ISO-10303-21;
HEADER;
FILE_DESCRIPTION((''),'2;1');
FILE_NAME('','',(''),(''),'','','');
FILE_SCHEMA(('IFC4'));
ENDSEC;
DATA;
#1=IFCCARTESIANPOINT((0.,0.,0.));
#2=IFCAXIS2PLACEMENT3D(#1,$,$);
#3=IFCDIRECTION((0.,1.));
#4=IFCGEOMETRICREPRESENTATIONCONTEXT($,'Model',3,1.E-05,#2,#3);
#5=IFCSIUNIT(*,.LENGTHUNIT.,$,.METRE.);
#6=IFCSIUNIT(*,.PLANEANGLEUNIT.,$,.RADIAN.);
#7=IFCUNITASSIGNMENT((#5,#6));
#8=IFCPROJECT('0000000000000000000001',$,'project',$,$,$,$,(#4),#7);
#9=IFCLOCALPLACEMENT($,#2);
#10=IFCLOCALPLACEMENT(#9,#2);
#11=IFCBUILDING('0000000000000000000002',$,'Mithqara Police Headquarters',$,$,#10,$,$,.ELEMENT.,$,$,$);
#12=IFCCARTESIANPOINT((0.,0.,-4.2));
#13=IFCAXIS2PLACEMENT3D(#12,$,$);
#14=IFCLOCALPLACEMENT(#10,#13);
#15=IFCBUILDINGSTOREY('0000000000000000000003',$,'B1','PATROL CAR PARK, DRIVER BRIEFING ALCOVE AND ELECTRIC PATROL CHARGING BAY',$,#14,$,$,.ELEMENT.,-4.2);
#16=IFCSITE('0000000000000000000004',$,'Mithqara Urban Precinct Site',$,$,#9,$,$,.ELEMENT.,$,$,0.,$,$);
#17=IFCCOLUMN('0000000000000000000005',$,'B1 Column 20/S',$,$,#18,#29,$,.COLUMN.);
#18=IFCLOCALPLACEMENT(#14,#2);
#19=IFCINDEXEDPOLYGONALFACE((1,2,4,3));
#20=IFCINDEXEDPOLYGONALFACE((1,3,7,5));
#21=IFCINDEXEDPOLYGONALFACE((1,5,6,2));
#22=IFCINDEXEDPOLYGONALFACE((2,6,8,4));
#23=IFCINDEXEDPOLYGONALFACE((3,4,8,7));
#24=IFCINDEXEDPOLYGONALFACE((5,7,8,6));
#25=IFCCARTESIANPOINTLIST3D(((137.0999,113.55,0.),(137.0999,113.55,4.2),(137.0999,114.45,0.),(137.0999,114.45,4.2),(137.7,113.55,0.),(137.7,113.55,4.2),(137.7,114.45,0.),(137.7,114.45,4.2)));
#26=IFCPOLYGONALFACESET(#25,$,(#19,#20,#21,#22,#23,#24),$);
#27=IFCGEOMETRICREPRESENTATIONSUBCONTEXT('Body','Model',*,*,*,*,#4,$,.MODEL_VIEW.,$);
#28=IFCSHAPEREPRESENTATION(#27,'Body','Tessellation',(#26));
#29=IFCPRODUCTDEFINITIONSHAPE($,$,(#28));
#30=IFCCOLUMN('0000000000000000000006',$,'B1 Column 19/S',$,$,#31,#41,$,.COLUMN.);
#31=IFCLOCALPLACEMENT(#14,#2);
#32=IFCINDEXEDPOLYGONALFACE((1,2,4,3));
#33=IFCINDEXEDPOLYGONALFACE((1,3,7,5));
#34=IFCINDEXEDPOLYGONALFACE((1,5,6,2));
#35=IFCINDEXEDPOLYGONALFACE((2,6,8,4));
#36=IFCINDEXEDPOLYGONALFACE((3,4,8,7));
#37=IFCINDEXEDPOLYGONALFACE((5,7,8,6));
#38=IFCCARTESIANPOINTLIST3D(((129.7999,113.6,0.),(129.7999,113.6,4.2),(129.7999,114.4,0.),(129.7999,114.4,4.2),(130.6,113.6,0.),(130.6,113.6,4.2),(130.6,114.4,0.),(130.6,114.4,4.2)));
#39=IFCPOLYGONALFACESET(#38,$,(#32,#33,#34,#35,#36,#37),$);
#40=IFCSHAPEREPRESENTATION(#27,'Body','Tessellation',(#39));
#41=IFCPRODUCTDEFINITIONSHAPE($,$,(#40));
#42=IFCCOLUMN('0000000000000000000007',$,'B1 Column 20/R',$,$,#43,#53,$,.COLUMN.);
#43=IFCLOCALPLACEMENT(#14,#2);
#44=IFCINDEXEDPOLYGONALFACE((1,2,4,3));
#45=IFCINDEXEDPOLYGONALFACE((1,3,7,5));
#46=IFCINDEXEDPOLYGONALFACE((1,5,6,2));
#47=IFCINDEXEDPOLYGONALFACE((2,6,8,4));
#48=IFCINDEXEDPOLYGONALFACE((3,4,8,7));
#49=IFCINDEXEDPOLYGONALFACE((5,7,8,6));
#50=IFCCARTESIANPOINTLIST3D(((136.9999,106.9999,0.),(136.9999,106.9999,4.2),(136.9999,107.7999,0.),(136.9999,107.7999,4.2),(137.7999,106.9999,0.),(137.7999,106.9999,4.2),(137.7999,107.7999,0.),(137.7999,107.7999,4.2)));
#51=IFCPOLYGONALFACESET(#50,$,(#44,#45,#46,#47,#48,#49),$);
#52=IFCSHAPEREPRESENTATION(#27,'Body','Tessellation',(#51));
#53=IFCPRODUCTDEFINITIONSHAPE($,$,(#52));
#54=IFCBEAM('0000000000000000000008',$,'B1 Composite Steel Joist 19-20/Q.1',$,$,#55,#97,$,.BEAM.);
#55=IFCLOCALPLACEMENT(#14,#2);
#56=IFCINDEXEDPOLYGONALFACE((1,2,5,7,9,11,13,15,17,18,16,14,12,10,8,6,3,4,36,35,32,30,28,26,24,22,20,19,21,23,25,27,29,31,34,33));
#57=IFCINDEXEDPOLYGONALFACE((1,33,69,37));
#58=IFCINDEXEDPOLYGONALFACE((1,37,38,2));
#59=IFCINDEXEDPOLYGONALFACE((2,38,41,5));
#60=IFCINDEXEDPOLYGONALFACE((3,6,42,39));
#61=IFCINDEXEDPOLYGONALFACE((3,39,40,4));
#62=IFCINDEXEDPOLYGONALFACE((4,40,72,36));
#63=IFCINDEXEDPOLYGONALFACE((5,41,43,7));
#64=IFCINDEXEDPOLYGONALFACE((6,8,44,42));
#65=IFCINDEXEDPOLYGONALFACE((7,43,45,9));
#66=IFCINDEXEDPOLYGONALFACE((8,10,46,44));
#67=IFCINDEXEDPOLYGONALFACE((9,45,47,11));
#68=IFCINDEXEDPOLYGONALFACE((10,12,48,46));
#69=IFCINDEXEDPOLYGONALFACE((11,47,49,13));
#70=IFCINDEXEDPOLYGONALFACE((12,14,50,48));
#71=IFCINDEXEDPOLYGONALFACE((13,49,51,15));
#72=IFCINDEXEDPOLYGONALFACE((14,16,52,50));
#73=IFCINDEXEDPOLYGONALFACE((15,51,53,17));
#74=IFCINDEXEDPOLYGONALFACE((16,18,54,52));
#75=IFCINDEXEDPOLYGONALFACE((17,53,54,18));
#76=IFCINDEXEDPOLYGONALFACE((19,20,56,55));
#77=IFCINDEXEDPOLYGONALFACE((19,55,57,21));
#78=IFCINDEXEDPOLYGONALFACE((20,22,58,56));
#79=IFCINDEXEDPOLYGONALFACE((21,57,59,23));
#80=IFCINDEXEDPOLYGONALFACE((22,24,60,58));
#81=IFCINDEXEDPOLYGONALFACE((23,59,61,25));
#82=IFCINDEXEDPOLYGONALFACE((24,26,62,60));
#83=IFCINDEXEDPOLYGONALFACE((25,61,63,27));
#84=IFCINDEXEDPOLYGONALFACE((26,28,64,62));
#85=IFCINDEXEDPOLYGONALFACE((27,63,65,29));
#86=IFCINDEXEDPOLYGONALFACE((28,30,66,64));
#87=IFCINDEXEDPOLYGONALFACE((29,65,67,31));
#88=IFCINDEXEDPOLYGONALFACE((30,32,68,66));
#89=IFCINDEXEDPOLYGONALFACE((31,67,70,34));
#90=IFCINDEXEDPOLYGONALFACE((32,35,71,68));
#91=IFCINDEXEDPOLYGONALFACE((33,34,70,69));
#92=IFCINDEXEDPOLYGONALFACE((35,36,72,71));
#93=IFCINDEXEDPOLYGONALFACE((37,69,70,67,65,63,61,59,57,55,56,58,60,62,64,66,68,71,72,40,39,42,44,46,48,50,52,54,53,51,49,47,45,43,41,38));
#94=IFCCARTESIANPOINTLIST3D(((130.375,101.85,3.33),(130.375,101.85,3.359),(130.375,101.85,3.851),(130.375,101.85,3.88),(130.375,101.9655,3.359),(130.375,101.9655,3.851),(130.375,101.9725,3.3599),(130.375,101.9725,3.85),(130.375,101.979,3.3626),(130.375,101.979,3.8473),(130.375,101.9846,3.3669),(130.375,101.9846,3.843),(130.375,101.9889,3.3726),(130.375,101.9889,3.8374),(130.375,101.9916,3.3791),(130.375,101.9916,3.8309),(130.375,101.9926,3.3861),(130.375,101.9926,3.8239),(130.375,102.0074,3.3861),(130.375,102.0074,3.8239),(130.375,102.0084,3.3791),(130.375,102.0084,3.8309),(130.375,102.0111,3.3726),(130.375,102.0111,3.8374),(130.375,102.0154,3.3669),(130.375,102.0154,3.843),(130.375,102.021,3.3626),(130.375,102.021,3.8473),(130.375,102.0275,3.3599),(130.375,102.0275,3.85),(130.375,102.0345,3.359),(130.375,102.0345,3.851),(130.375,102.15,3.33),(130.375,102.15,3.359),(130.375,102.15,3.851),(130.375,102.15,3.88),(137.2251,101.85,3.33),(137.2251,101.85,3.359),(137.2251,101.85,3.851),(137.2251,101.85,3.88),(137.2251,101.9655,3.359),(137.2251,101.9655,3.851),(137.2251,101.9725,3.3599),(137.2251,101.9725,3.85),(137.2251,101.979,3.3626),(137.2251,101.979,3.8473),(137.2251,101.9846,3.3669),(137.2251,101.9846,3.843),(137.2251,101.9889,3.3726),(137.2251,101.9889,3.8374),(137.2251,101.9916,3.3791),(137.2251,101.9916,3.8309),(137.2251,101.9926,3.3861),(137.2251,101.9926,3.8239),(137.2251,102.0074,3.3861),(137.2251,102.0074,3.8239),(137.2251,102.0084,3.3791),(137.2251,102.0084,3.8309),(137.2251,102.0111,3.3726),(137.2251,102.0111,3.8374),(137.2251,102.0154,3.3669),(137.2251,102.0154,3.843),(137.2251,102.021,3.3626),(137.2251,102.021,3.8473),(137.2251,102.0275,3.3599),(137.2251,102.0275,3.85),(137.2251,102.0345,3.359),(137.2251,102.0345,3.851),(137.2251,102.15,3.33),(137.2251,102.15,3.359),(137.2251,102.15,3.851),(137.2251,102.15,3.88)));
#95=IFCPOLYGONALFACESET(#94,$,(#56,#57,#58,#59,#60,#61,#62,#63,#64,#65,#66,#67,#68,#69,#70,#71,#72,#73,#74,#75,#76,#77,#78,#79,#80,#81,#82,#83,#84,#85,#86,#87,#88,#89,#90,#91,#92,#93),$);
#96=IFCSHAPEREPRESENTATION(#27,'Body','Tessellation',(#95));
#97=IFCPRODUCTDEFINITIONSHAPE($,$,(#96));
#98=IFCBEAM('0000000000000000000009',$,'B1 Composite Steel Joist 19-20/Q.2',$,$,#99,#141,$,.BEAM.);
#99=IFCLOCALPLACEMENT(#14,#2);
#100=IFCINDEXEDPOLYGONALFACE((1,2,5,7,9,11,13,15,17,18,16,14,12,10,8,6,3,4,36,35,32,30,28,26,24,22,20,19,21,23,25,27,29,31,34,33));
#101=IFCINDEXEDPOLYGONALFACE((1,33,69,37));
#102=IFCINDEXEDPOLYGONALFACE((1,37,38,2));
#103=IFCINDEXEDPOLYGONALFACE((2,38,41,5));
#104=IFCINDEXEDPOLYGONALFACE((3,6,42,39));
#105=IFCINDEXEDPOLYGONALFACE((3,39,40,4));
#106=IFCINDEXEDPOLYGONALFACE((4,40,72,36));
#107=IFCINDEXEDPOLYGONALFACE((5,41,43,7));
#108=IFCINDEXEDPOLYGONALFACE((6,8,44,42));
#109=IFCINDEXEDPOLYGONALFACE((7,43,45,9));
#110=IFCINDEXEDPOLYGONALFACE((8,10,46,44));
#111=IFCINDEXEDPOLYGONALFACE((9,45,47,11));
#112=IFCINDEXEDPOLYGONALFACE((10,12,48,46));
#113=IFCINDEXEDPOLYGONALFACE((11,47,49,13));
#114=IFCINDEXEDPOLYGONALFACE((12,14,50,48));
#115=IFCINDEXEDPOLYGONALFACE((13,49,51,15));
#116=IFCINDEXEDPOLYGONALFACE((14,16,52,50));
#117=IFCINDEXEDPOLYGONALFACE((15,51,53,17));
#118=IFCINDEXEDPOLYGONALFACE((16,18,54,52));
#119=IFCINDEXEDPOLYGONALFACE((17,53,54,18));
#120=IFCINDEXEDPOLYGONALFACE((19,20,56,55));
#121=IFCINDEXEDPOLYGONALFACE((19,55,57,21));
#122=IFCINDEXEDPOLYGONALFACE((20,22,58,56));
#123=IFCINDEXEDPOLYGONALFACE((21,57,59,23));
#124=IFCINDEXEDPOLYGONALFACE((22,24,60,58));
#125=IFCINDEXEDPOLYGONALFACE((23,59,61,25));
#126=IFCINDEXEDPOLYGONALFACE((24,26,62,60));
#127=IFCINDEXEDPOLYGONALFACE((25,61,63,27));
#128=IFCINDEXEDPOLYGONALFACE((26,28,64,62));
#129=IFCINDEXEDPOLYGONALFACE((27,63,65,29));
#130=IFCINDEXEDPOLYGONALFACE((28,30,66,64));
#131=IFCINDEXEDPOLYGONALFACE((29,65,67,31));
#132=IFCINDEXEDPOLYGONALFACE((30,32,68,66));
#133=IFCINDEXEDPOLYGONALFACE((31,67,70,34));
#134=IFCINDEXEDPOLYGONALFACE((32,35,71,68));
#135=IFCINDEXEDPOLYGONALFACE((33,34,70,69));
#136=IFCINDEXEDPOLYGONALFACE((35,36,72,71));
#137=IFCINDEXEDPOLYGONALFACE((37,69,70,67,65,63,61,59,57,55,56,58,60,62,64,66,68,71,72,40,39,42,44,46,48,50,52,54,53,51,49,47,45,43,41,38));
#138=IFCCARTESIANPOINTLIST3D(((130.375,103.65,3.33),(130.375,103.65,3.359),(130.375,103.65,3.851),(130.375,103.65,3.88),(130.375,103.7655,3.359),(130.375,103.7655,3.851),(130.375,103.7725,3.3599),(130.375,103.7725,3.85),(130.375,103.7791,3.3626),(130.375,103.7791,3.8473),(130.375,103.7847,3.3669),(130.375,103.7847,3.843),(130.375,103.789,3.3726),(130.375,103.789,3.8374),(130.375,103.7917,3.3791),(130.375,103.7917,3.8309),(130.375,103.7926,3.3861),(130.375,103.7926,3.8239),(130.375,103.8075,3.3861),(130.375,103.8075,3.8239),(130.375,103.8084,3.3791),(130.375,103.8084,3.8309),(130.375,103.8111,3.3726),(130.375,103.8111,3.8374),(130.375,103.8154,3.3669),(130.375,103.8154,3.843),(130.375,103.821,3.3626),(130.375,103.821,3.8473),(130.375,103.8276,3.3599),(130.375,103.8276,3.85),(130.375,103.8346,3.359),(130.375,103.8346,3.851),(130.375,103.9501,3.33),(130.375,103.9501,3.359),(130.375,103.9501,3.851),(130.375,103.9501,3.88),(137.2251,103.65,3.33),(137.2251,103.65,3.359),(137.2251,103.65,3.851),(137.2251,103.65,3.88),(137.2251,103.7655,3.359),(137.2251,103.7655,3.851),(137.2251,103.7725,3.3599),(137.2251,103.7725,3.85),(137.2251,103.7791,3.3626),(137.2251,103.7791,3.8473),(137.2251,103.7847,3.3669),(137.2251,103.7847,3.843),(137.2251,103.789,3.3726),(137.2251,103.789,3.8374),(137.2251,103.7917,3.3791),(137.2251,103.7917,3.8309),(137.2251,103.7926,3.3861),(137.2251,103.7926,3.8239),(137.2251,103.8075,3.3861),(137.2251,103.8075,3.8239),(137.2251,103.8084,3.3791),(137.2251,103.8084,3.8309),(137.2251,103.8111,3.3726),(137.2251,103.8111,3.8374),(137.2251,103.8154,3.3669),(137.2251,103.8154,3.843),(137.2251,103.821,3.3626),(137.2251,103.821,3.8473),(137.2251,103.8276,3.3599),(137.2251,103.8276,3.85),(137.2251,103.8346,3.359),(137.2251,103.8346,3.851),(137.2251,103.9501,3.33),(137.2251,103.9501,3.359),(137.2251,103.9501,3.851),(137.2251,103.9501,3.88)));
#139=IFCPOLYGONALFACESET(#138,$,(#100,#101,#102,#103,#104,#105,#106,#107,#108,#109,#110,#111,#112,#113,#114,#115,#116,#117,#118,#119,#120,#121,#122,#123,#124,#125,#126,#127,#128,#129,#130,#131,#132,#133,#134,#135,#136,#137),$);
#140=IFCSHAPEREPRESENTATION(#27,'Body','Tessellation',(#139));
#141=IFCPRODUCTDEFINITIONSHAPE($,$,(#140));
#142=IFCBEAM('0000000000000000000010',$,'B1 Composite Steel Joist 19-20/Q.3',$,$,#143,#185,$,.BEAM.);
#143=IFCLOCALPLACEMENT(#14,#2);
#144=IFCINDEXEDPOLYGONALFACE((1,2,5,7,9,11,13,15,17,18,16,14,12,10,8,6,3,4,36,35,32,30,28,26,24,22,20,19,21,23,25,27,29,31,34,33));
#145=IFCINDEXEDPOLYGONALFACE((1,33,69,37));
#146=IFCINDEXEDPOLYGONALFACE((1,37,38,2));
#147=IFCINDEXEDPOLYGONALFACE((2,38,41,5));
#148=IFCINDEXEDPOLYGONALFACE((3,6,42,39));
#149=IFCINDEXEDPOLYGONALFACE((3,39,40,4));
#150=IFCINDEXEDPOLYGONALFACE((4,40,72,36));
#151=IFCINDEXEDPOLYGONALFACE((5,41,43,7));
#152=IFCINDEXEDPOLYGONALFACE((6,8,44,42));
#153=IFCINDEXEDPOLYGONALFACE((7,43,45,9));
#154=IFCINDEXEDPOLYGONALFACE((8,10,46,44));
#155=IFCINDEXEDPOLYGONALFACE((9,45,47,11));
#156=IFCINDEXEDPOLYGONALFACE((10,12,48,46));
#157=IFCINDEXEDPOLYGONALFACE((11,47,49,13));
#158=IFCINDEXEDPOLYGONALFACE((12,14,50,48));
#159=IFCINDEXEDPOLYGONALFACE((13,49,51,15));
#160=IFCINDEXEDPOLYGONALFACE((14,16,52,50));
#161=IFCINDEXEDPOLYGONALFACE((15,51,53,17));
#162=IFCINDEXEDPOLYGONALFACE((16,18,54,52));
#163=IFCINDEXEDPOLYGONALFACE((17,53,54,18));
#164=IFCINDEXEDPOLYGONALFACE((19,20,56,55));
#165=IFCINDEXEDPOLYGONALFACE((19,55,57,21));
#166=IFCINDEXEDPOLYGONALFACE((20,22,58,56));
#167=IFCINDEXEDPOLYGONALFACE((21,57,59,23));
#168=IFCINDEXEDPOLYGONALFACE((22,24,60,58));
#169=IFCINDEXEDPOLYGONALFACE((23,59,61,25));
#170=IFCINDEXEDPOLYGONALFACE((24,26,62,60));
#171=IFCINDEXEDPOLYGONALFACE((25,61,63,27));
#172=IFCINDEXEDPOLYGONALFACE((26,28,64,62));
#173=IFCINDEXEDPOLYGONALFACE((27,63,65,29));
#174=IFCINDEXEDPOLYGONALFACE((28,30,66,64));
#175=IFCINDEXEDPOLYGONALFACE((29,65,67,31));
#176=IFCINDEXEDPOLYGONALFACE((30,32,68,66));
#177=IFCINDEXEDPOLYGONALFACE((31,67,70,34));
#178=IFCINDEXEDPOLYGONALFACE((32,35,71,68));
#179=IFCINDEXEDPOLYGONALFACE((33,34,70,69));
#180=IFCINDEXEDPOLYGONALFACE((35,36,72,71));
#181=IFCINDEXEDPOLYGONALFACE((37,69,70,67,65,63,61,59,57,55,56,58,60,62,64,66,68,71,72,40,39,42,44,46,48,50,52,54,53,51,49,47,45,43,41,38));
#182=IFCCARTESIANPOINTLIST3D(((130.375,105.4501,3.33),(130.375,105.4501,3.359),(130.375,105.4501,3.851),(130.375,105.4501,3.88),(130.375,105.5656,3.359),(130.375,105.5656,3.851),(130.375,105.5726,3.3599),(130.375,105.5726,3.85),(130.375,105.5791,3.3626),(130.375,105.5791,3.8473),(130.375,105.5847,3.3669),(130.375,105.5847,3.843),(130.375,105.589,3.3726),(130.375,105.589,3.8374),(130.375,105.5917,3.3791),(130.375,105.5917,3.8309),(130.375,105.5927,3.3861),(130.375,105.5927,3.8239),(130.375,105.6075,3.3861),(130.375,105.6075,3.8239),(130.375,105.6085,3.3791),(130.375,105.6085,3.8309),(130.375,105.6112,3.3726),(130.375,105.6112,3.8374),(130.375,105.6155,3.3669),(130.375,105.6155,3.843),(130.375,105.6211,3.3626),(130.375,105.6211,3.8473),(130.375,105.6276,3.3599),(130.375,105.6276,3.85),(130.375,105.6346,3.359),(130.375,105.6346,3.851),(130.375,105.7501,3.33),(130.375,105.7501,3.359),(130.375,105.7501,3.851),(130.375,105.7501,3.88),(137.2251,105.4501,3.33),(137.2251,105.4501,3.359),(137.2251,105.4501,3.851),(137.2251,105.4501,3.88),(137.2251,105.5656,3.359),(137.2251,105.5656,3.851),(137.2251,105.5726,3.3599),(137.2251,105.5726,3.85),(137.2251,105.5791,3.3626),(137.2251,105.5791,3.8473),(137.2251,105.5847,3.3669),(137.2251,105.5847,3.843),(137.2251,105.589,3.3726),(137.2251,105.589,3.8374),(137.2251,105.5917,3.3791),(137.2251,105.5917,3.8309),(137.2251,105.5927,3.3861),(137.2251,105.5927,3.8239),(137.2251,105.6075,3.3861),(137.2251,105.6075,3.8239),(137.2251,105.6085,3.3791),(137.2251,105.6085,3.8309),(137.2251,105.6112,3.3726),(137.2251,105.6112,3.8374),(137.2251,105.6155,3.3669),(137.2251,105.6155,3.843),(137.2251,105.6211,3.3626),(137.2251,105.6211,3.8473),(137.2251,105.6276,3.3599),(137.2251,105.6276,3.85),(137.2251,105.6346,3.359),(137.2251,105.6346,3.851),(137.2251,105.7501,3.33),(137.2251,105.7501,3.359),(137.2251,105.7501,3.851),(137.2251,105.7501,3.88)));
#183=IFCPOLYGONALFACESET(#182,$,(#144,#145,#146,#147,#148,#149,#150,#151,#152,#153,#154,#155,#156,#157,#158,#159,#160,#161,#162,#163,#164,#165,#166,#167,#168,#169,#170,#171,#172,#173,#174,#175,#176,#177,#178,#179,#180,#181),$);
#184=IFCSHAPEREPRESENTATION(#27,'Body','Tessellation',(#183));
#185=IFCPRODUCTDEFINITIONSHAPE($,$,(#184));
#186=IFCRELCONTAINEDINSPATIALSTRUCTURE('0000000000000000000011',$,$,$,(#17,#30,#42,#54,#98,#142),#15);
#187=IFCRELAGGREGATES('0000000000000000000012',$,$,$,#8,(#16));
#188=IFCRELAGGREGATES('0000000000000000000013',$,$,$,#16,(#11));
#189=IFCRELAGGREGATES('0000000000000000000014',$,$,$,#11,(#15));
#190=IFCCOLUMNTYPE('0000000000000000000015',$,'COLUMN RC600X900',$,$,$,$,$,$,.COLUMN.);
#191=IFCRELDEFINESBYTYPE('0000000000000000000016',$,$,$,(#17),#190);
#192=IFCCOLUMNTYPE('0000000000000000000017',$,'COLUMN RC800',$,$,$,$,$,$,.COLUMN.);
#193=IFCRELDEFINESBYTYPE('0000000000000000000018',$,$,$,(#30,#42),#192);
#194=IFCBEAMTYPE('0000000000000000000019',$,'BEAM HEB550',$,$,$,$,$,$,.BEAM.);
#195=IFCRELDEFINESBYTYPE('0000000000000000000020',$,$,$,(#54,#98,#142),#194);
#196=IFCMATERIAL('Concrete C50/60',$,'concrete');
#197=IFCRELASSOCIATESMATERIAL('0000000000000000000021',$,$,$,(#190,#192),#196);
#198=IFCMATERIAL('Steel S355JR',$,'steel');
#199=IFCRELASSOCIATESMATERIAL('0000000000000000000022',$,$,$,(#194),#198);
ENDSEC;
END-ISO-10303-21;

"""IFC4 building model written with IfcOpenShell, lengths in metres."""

from ifc_helpers import new_model, si_unit, direction, frame, origin, origin_2d, place, context, subcontext, project, spatial, rectangle, i_section, extrude, material, material_profile, profile_set, type_object, element, save


model = new_model("IFC4")

# Units and contexts
model_context = context("Model", 3, precision=1e-05, world=origin(), true_north=direction((0.0, 1.0)))
body_context = subcontext(model_context, "Body", "Model", "MODEL_VIEW")
ifc_project = project(units=[si_unit("LENGTHUNIT", "METRE"), si_unit("PLANEANGLEUNIT", "RADIAN")], contexts=[model_context])

# Site, building, storey
site_placement = place(None, origin())
site = spatial("IfcSite", under=ifc_project, at=site_placement, Name="Mithqara Urban Precinct Site", CompositionType="ELEMENT", RefElevation=0.0)
building_placement = place(site_placement, origin())
building = spatial("IfcBuilding", under=site, at=building_placement, Name="Mithqara Police Headquarters", CompositionType="ELEMENT")
storey_placement = place(building_placement, frame((0.0, 0.0, -4.2)))
storey = spatial("IfcBuildingStorey", under=building, at=storey_placement, Name="B1", Description="PATROL CAR PARK, DRIVER BRIEFING ALCOVE AND ELECTRIC PATROL CHARGING BAY", CompositionType="ELEMENT", Elevation=-4.2)

# Columns
ifc_material_1 = material(Name="Concrete C50/60", Category="concrete")
ifc_material_profile_1 = material_profile(ifc_material_1, rectangle(XDim=0.6001, YDim=0.8999, at=origin_2d()), Name="RC 600x900")
ifc_profile_set_1 = profile_set([ifc_material_profile_1], Name="Concrete C50/60")
column_type_1 = type_object("IfcColumnType", Name="COLUMN RC600X900", PredefinedType="COLUMN", material=ifc_profile_set_1)
column_placement = place(storey_placement, frame((137.3999, 114.0, 0.0), z_axis=(0.0, 0.0, 1.0), x_axis=(1.0, 0.0, 0.0)))
element("IfcColumn", 1, at=column_placement, inside=storey, type_object=column_type_1, Name="B1 Column 20/S", PredefinedType="COLUMN", context=body_context, shape_type="SweptSolid", body=[
    extrude(rectangle(XDim=0.6001, YDim=0.8999, at=origin_2d()), origin(), (0.0, 0.0, 1.0), 4.2),
])
ifc_material_profile_2 = material_profile(ifc_material_1, rectangle(XDim=0.8, YDim=0.8, at=origin_2d()), Name="RC 800x800")
ifc_profile_set_2 = profile_set([ifc_material_profile_2], Name="Concrete C50/60")
column_type_2 = type_object("IfcColumnType", Name="COLUMN RC800", PredefinedType="COLUMN", material=ifc_profile_set_2)
for number, where, z_axis, x_axis, name in (
    (2, (130.2, 114.0, 0.0), (0.0, 0.0, 1.0), (1.0, 0.0, 0.0), "B1 Column 19/S"),
    (3, (137.3999, 107.3999, 0.0), (0.0, 0.0, 1.0), (1.0, 0.0, 0.0), "B1 Column 20/R"),
):
    element("IfcColumn", number, at=place(storey_placement, frame(where, z_axis=z_axis, x_axis=x_axis)), inside=storey, type_object=column_type_2, Name=name, PredefinedType="COLUMN", context=body_context, shape_type="SweptSolid", body=[
        extrude(rectangle(XDim=0.8, YDim=0.8, at=origin_2d()), origin(), (0.0, 0.0, 1.0), 4.2),
    ])

# Beams
ifc_material_2 = material(Name="Steel S355JR", Category="steel")
ifc_material_profile_3 = material_profile(ifc_material_2, i_section(OverallWidth=0.3, OverallDepth=0.55, WebThickness=0.0149, FlangeThickness=0.0291, FilletRadius=0.0271, at=origin_2d()), Name="HEB 550")
ifc_profile_set_3 = profile_set([ifc_material_profile_3], Name="Steel S355JR")
beam_type_1 = type_object("IfcBeamType", Name="BEAM HEB550", PredefinedType="BEAM", material=ifc_profile_set_3)
for number, where, z_axis, x_axis, name in (
    (4, (130.375, 102.0, 3.605), (1.0, 0.0, 0.0), (0.0, 1.0, 0.0), "B1 Composite Steel Joist 19-20/Q.1"),
    (5, (130.375, 103.8, 3.605), (1.0, 0.0, 0.0), (0.0, 1.0, 0.0), "B1 Composite Steel Joist 19-20/Q.2"),
    (6, (130.375, 105.6001, 3.605), (1.0, 0.0, 0.0), (0.0, 1.0, 0.0), "B1 Composite Steel Joist 19-20/Q.3"),
):
    element("IfcBeam", number, at=place(storey_placement, frame(where, z_axis=z_axis, x_axis=x_axis)), inside=storey, type_object=beam_type_1, Name=name, PredefinedType="BEAM", context=body_context, shape_type="SweptSolid", body=[
        extrude(i_section(OverallWidth=0.3, OverallDepth=0.55, WebThickness=0.0149, FlangeThickness=0.0291, FilletRadius=0.0271, at=origin_2d()), origin(), (0.0, 0.0, 1.0), 6.8501),
    ])

save(model, "model.ifc")
